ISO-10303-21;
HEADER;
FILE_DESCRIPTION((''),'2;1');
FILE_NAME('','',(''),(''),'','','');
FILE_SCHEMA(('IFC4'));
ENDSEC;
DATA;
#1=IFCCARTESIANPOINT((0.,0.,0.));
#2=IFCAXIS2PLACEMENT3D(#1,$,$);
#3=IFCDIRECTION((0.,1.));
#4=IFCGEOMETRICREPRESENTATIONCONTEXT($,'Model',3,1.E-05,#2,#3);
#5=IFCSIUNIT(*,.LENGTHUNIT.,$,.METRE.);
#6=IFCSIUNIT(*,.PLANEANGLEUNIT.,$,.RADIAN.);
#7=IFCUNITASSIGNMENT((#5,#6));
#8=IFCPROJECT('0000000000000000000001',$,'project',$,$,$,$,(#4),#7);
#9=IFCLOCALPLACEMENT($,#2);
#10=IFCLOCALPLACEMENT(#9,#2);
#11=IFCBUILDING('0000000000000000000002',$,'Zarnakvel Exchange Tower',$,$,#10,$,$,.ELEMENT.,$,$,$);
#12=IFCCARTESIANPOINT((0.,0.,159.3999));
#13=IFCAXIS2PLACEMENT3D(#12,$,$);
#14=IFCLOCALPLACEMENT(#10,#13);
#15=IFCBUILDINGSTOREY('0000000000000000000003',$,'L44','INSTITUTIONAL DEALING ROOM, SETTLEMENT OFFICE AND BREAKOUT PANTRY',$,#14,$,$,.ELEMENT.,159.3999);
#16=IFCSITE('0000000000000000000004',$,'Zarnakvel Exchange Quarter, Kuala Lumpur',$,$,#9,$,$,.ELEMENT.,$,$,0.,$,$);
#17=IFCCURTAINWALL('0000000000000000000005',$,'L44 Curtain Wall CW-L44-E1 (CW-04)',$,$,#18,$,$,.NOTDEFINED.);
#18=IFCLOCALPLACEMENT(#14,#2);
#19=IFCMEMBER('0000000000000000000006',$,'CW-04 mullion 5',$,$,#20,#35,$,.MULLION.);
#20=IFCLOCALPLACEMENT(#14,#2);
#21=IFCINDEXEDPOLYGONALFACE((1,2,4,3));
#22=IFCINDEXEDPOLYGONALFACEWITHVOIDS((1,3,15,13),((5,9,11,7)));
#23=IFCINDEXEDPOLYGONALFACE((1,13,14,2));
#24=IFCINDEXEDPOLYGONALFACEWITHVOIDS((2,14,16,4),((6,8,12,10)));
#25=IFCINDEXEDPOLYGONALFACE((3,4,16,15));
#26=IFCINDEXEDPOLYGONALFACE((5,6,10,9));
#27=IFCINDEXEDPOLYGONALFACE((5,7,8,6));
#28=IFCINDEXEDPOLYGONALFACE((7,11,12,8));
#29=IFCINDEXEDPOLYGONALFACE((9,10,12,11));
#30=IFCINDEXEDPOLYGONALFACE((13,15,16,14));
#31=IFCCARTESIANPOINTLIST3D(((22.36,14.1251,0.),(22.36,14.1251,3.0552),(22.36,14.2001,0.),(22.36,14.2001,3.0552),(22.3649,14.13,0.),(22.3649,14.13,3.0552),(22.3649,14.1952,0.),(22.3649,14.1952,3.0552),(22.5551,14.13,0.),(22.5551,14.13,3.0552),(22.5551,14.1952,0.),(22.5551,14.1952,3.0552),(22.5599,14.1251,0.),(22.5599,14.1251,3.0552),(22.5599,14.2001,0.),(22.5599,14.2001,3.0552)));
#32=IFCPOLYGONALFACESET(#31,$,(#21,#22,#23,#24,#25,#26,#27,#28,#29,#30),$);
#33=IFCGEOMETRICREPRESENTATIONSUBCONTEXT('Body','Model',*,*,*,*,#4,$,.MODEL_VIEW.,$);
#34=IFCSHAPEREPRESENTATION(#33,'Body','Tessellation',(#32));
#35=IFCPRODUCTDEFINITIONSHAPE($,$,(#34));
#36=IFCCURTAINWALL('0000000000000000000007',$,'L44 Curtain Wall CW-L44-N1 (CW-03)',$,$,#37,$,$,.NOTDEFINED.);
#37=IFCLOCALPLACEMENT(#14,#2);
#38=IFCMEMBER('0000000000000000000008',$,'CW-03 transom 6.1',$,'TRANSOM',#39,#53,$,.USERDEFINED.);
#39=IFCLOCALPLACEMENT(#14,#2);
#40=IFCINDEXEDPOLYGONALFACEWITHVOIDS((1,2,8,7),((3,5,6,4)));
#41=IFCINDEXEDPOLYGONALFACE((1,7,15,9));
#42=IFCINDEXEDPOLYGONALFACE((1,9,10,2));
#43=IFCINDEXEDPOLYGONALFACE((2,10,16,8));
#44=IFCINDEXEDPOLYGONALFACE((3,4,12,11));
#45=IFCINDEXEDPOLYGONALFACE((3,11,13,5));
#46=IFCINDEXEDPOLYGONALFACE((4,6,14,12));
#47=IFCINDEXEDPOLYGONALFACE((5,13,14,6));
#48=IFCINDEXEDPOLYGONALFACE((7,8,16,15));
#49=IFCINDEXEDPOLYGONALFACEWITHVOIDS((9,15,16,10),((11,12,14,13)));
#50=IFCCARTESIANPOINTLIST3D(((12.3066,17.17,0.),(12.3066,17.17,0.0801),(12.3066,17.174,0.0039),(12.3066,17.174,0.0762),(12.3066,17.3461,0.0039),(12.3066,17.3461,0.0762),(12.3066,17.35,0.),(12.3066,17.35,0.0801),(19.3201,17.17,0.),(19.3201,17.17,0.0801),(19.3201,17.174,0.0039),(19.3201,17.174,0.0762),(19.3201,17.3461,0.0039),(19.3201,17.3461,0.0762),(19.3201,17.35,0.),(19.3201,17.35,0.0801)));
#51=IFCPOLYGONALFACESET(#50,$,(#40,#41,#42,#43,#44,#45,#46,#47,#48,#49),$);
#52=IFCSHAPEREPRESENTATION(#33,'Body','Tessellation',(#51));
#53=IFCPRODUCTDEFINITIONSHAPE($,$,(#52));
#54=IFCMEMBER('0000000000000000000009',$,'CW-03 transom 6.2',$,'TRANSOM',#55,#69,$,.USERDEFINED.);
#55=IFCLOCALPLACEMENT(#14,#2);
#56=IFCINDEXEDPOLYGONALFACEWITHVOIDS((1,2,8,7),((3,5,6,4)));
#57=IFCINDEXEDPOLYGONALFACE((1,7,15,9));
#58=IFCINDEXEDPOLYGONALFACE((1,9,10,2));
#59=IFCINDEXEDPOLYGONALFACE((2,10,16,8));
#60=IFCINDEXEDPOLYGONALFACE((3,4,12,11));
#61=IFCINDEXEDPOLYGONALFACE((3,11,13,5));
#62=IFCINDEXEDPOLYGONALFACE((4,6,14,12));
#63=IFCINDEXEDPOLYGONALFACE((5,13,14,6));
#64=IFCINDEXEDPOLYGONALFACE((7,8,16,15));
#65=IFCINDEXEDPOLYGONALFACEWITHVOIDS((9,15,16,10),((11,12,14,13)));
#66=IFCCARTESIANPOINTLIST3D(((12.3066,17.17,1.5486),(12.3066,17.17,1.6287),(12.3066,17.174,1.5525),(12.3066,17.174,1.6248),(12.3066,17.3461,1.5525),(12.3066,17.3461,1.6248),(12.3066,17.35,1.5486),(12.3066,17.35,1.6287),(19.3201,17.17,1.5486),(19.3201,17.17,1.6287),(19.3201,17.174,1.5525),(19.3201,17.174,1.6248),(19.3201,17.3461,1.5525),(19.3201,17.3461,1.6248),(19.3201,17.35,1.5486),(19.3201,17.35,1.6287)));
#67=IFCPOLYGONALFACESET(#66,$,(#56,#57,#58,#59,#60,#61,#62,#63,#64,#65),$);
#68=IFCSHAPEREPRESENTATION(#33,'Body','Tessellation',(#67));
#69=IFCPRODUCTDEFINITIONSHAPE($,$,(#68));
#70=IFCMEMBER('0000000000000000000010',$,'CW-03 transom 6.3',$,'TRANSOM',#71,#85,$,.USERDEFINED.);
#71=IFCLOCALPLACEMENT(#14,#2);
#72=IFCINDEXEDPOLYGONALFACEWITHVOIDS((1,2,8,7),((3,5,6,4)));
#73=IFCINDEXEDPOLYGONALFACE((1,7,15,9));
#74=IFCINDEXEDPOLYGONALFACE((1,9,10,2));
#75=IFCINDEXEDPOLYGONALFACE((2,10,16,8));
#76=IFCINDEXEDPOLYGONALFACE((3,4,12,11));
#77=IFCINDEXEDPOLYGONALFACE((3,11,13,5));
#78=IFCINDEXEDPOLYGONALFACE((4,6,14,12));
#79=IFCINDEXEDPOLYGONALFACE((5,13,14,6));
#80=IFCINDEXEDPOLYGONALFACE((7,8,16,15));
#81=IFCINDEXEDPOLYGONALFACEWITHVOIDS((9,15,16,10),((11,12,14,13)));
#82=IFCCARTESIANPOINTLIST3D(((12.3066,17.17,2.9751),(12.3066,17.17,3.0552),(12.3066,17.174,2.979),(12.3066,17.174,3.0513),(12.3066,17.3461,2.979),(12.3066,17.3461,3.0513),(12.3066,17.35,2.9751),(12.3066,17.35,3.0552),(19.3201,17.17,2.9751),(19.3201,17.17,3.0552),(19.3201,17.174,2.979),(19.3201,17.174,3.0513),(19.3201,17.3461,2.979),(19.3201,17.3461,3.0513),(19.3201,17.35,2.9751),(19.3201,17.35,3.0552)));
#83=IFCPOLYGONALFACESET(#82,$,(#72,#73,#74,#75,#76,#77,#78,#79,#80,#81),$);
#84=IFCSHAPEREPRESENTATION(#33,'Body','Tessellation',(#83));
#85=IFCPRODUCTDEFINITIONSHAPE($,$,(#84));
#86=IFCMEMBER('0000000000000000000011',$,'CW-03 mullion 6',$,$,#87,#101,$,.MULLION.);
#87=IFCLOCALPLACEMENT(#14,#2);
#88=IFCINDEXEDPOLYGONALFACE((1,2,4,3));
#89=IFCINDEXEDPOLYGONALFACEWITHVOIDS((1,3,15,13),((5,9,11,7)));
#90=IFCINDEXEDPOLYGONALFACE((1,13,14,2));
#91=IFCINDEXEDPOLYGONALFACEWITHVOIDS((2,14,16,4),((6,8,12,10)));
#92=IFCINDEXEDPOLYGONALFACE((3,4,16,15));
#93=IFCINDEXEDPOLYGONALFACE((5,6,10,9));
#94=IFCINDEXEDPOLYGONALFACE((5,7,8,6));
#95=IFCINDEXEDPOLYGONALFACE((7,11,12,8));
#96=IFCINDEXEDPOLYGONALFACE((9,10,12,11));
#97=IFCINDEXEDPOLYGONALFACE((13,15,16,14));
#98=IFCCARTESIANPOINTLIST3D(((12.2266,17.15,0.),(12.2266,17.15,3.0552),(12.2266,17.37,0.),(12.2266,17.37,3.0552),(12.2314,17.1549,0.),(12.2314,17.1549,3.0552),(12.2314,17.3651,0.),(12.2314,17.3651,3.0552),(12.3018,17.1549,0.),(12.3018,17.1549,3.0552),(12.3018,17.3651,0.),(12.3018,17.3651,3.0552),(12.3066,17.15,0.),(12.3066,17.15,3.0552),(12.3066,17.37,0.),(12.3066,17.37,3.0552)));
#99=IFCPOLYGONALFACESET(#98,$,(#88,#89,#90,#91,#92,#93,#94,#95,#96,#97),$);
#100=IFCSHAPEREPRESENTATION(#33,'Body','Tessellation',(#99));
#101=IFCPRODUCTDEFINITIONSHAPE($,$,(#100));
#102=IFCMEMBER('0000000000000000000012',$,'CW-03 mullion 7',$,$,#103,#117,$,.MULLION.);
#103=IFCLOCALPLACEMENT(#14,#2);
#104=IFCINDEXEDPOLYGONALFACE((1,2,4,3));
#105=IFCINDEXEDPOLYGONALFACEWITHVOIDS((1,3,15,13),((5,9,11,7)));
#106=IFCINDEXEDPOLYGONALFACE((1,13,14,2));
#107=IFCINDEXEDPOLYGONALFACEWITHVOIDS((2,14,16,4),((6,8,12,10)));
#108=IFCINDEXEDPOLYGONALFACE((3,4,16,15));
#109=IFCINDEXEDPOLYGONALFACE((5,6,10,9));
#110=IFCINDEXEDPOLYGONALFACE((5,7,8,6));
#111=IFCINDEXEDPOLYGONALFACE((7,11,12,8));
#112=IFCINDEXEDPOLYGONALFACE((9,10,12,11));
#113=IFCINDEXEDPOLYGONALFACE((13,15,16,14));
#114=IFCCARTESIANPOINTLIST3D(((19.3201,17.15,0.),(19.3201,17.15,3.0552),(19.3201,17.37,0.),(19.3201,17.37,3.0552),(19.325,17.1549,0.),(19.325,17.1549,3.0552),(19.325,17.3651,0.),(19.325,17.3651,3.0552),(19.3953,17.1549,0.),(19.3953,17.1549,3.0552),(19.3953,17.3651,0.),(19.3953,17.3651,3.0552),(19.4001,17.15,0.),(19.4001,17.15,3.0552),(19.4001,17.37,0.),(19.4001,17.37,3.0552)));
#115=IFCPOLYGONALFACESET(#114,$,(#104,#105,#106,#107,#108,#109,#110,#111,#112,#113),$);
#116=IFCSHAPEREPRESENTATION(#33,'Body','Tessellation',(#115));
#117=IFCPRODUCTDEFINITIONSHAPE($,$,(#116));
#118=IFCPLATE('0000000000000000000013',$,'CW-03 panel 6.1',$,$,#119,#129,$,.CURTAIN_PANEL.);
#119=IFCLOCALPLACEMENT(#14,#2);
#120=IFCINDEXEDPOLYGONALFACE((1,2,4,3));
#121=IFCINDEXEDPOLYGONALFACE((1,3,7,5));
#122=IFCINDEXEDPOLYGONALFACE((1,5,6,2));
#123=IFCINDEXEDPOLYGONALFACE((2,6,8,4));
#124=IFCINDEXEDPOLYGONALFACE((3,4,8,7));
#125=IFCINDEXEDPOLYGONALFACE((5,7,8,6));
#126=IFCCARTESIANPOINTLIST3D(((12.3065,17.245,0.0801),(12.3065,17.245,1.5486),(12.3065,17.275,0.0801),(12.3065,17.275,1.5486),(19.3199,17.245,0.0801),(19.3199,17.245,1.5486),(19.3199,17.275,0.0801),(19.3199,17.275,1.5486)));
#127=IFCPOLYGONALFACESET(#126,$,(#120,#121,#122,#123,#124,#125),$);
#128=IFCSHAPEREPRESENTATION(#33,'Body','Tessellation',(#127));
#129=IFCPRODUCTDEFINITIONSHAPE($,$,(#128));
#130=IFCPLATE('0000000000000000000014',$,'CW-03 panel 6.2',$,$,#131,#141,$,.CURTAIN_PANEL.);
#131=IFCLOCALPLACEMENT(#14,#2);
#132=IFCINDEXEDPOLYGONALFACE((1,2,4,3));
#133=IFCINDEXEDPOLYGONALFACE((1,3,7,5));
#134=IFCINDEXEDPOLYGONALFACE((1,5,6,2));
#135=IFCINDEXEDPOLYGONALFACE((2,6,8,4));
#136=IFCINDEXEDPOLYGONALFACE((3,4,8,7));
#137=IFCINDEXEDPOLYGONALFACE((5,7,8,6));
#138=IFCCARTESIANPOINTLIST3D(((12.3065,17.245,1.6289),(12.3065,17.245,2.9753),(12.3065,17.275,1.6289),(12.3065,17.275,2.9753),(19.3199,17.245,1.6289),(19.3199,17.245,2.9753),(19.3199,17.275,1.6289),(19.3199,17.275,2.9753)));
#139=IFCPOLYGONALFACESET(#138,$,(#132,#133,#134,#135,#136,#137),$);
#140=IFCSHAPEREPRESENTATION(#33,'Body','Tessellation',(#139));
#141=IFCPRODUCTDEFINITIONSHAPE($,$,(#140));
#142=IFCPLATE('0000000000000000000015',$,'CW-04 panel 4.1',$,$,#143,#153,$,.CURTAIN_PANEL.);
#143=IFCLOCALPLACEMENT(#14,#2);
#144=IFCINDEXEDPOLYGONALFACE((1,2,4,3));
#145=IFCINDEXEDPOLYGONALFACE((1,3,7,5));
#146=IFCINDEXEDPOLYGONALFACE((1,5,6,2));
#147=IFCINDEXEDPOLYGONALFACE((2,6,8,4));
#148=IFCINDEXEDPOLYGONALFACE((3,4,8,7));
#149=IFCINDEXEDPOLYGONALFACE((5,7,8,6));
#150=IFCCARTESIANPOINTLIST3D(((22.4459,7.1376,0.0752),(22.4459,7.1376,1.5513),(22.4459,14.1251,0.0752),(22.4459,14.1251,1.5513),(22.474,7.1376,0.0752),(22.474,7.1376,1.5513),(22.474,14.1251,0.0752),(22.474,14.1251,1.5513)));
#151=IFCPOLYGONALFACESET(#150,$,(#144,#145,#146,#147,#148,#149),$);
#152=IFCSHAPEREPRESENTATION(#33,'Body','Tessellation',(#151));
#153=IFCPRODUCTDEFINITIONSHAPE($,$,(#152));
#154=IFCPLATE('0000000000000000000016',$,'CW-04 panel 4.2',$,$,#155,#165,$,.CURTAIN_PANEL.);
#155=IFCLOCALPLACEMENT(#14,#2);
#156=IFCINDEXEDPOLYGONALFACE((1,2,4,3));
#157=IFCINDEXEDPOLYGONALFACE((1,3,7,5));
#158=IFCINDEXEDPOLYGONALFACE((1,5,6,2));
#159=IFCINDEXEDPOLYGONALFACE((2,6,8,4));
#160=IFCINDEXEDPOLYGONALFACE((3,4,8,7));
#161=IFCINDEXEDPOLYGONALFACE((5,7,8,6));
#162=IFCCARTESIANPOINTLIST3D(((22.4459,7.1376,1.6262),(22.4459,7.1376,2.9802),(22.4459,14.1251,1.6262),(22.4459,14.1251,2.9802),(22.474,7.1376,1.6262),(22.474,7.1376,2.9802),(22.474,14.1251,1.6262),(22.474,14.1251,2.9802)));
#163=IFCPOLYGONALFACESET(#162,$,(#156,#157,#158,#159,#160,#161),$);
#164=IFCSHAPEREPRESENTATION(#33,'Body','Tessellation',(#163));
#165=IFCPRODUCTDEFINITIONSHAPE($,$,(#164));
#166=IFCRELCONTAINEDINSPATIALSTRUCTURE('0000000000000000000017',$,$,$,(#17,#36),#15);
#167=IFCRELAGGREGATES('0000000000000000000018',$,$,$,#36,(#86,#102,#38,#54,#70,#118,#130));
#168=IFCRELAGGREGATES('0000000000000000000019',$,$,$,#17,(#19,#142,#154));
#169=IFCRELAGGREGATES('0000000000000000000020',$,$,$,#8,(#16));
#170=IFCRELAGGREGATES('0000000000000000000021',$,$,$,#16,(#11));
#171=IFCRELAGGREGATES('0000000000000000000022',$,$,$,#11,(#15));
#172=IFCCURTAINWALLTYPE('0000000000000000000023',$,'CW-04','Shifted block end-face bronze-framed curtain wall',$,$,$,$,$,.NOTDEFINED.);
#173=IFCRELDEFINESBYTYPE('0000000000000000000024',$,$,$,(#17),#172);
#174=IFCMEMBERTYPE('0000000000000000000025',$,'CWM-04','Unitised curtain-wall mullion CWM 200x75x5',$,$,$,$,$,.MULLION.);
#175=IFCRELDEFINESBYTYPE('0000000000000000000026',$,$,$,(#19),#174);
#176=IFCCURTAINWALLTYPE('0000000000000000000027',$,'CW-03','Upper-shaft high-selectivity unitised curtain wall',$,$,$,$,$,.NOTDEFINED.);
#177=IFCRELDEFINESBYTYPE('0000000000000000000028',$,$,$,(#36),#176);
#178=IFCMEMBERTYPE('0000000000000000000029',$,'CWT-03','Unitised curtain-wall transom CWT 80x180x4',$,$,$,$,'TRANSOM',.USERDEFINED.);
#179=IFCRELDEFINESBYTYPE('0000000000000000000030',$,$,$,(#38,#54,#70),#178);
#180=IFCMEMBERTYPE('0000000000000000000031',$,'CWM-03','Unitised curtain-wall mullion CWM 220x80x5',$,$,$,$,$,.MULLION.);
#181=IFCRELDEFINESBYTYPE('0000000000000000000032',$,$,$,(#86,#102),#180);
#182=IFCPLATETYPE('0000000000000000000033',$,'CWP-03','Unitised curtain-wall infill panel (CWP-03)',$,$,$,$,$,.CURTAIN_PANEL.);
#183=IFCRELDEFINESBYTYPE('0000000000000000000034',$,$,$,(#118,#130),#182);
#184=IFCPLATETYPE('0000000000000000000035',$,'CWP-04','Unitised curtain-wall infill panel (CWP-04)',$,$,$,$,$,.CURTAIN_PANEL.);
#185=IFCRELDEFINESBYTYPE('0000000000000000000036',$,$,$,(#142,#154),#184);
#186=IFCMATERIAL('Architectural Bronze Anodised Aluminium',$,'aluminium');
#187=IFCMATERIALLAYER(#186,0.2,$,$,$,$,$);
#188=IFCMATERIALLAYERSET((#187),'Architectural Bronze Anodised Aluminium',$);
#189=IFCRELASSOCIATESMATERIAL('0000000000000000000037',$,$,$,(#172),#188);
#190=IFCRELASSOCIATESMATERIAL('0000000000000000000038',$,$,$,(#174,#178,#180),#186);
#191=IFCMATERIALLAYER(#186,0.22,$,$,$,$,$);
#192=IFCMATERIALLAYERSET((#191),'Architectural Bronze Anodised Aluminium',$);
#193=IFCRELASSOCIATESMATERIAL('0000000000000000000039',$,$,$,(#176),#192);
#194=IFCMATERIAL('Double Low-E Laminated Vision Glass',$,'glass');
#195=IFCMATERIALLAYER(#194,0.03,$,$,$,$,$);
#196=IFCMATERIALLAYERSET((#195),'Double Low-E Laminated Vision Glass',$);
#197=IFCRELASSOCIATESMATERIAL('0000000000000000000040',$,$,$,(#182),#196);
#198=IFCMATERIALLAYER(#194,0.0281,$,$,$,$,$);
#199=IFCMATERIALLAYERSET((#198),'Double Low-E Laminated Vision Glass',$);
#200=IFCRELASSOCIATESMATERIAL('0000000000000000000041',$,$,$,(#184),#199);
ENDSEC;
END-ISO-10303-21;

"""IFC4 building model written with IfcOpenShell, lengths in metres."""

from ifc_helpers import new_model, si_unit, direction, frame, origin, origin_2d, place, context, subcontext, project, spatial, rectangle, hollow_rectangle, extrude, source, transform, mapped, material, layer, layer_set, material_profile, profile_set, type_object, element, aggregate, save


model = new_model("IFC4")

# Units and contexts
model_context = context("Model", 3, precision=1e-05, world=origin(), true_north=direction((0.0, 1.0)))
body_context = subcontext(model_context, "Body", "Model", "MODEL_VIEW")
ifc_project = project(units=[si_unit("LENGTHUNIT", "METRE"), si_unit("PLANEANGLEUNIT", "RADIAN")], contexts=[model_context])

# Site, building, storey
site_placement = place(None, origin())
site = spatial("IfcSite", under=ifc_project, at=site_placement, Name="Zarnakvel Exchange Quarter, Kuala Lumpur", CompositionType="ELEMENT", RefElevation=0.0)
building_placement = place(site_placement, origin())
building = spatial("IfcBuilding", under=site, at=building_placement, Name="Zarnakvel Exchange Tower", CompositionType="ELEMENT")
storey_placement = place(building_placement, frame((0.0, 0.0, 159.3999)))
storey = spatial("IfcBuildingStorey", under=building, at=storey_placement, Name="L44", Description="INSTITUTIONAL DEALING ROOM, SETTLEMENT OFFICE AND BREAKOUT PANTRY", CompositionType="ELEMENT", Elevation=159.3999)

# Curtain wall, member
ifc_material_1 = material(Name="Architectural Bronze Anodised Aluminium", Category="aluminium")
ifc_layer_1 = layer(ifc_material_1, 0.2)
ifc_layer_set_1 = layer_set([ifc_layer_1], Name="Architectural Bronze Anodised Aluminium")
curtain_wall_type_1 = type_object("IfcCurtainWallType", Name="CW-04", Description="Shifted block end-face bronze-framed curtain wall", PredefinedType="NOTDEFINED", material=ifc_layer_set_1)
curtain_wall_1_placement = place(storey_placement, origin())
curtain_wall_1 = element("IfcCurtainWall", 1, at=curtain_wall_1_placement, inside=storey, type_object=curtain_wall_type_1, Name="L44 Curtain Wall CW-L44-E1 (CW-04)", PredefinedType="NOTDEFINED")
ifc_material_profile_1 = material_profile(ifc_material_1, hollow_rectangle(XDim=0.2, YDim=0.075, WallThickness=0.0049, at=origin_2d()))
ifc_profile_set_1 = profile_set([ifc_material_profile_1], Name="Architectural Bronze Anodised Aluminium")
member_type_1 = type_object("IfcMemberType", Name="CWM-04", Description="Unitised curtain-wall mullion CWM 200x75x5", PredefinedType="MULLION", material=ifc_profile_set_1)
shared_shape_1 = source(origin(), body_context, "Body", "SweptSolid", [
    extrude(hollow_rectangle(XDim=0.2, YDim=0.075, WallThickness=0.0049, at=origin_2d()), origin(), (0.0, 0.0, 1.0), 3.0552),
])
member_1_placement = place(storey_placement, frame((22.46, 14.1626, 0.0), z_axis=(0.0, 0.0, 1.0), x_axis=(-1.0, 0.0, 0.0)))
member_1 = element("IfcMember", 2, at=member_1_placement, type_object=member_type_1, Name="CW-04 mullion 5", PredefinedType="MULLION", context=body_context, shape_type="MappedRepresentation", body=[
    mapped(shared_shape_1, transform((0.0, 0.0, 0.0), x_axis=(1.0, 0.0, 0.0), y_axis=(0.0, 1.0, 0.0), z_axis=(0.0, 0.0, 1.0), scale=1.0)),
])

# Curtain wall, members, plates
ifc_layer_2 = layer(ifc_material_1, 0.22)
ifc_layer_set_2 = layer_set([ifc_layer_2], Name="Architectural Bronze Anodised Aluminium")
curtain_wall_type_2 = type_object("IfcCurtainWallType", Name="CW-03", Description="Upper-shaft high-selectivity unitised curtain wall", PredefinedType="NOTDEFINED", material=ifc_layer_set_2)
curtain_wall_2_placement = place(storey_placement, origin())
curtain_wall_2 = element("IfcCurtainWall", 3, at=curtain_wall_2_placement, inside=storey, type_object=curtain_wall_type_2, Name="L44 Curtain Wall CW-L44-N1 (CW-03)", PredefinedType="NOTDEFINED")
ifc_material_profile_2 = material_profile(ifc_material_1, hollow_rectangle(XDim=0.1799, YDim=0.0801, WallThickness=0.0039, at=origin_2d()))
ifc_profile_set_2 = profile_set([ifc_material_profile_2], Name="Architectural Bronze Anodised Aluminium")
member_type_2 = type_object("IfcMemberType", Name="CWT-03", Description="Unitised curtain-wall transom CWT 80x180x4", ElementType="TRANSOM", PredefinedType="USERDEFINED", material=ifc_profile_set_2)
shared_shape_2 = source(origin(), body_context, "Body", "SweptSolid", [
    extrude(hollow_rectangle(XDim=0.1799, YDim=0.0801, WallThickness=0.0039, at=origin_2d()), origin(), (0.0, 0.0, 1.0), 7.0134),
])
member_2_placement = place(storey_placement, frame((12.3066, 17.26, 0.04), z_axis=(1.0, 0.0, 0.0), x_axis=(0.0, 1.0, 0.0)))
member_2 = element("IfcMember", 4, at=member_2_placement, type_object=member_type_2, Name="CW-03 transom 6.1", ObjectType="TRANSOM", PredefinedType="USERDEFINED", context=body_context, shape_type="MappedRepresentation", body=[
    mapped(shared_shape_2, transform((0.0, 0.0, 0.0), x_axis=(1.0, 0.0, 0.0), y_axis=(0.0, 1.0, 0.0), z_axis=(0.0, 0.0, 1.0), scale=1.0)),
])
member_3_placement = place(storey_placement, frame((12.3066, 17.26, 1.5886), z_axis=(1.0, 0.0, 0.0), x_axis=(0.0, 1.0, 0.0)))
member_3 = element("IfcMember", 5, at=member_3_placement, type_object=member_type_2, Name="CW-03 transom 6.2", ObjectType="TRANSOM", PredefinedType="USERDEFINED", context=body_context, shape_type="MappedRepresentation", body=[
    mapped(shared_shape_2, transform((0.0, 0.0, 0.0), x_axis=(1.0, 0.0, 0.0), y_axis=(0.0, 1.0, 0.0), z_axis=(0.0, 0.0, 1.0), scale=1.0)),
])
member_4_placement = place(storey_placement, frame((12.3066, 17.26, 3.0151), z_axis=(1.0, 0.0, 0.0), x_axis=(0.0, 1.0, 0.0)))
member_4 = element("IfcMember", 6, at=member_4_placement, type_object=member_type_2, Name="CW-03 transom 6.3", ObjectType="TRANSOM", PredefinedType="USERDEFINED", context=body_context, shape_type="MappedRepresentation", body=[
    mapped(shared_shape_2, transform((0.0, 0.0, 0.0), x_axis=(1.0, 0.0, 0.0), y_axis=(0.0, 1.0, 0.0), z_axis=(0.0, 0.0, 1.0), scale=1.0)),
])
ifc_material_profile_3 = material_profile(ifc_material_1, hollow_rectangle(XDim=0.22, YDim=0.0801, WallThickness=0.0049, at=origin_2d()))
ifc_profile_set_3 = profile_set([ifc_material_profile_3], Name="Architectural Bronze Anodised Aluminium")
member_type_3 = type_object("IfcMemberType", Name="CWM-03", Description="Unitised curtain-wall mullion CWM 220x80x5", PredefinedType="MULLION", material=ifc_profile_set_3)
shared_shape_3 = source(origin(), body_context, "Body", "SweptSolid", [
    extrude(hollow_rectangle(XDim=0.22, YDim=0.0801, WallThickness=0.0049, at=origin_2d()), origin(), (0.0, 0.0, 1.0), 3.0552),
])
member_5_placement = place(storey_placement, frame((12.2666, 17.26, 0.0), z_axis=(0.0, 0.0, 1.0), x_axis=(0.0, 1.0, 0.0)))
member_5 = element("IfcMember", 7, at=member_5_placement, type_object=member_type_3, Name="CW-03 mullion 6", PredefinedType="MULLION", context=body_context, shape_type="MappedRepresentation", body=[
    mapped(shared_shape_3, transform((0.0, 0.0, 0.0), x_axis=(1.0, 0.0, 0.0), y_axis=(0.0, 1.0, 0.0), z_axis=(0.0, 0.0, 1.0), scale=1.0)),
])
member_6_placement = place(storey_placement, frame((19.3601, 17.26, 0.0), z_axis=(0.0, 0.0, 1.0), x_axis=(0.0, 1.0, 0.0)))
member_6 = element("IfcMember", 8, at=member_6_placement, type_object=member_type_3, Name="CW-03 mullion 7", PredefinedType="MULLION", context=body_context, shape_type="MappedRepresentation", body=[
    mapped(shared_shape_3, transform((0.0, 0.0, 0.0), x_axis=(1.0, 0.0, 0.0), y_axis=(0.0, 1.0, 0.0), z_axis=(0.0, 0.0, 1.0), scale=1.0)),
])
ifc_material_2 = material(Name="Double Low-E Laminated Vision Glass", Category="glass")
ifc_layer_3 = layer(ifc_material_2, 0.03)
ifc_layer_set_3 = layer_set([ifc_layer_3], Name="Double Low-E Laminated Vision Glass")
plate_type_1 = type_object("IfcPlateType", Name="CWP-03", Description="Unitised curtain-wall infill panel (CWP-03)", PredefinedType="CURTAIN_PANEL", material=ifc_layer_set_3)
shared_shape_4 = source(origin(), body_context, "Body", "SweptSolid", [
    extrude(rectangle(XDim=7.0134, YDim=0.03, at=origin_2d()), origin(), (0.0, 0.0, 1.0), 1.4685),
])
plate_1_placement = place(storey_placement, frame((15.8132, 17.26, 0.0801), z_axis=(0.0, 0.0, 1.0), x_axis=(1.0, 0.0, 0.0)))
plate_1 = element("IfcPlate", 9, at=plate_1_placement, type_object=plate_type_1, Name="CW-03 panel 6.1", PredefinedType="CURTAIN_PANEL", context=body_context, shape_type="MappedRepresentation", body=[
    mapped(shared_shape_4, transform((0.0, 0.0, 0.0), x_axis=(1.0, 0.0, 0.0), y_axis=(0.0, 1.0, 0.0), z_axis=(0.0, 0.0, 1.0), scale=1.0)),
])
shared_shape_5 = source(origin(), body_context, "Body", "SweptSolid", [
    extrude(rectangle(XDim=7.0134, YDim=0.03, at=origin_2d()), origin(), (0.0, 0.0, 1.0), 1.3464),
])
plate_2_placement = place(storey_placement, frame((15.8132, 17.26, 1.6289), z_axis=(0.0, 0.0, 1.0), x_axis=(1.0, 0.0, 0.0)))
plate_2 = element("IfcPlate", 10, at=plate_2_placement, type_object=plate_type_1, Name="CW-03 panel 6.2", PredefinedType="CURTAIN_PANEL", context=body_context, shape_type="MappedRepresentation", body=[
    mapped(shared_shape_5, transform((0.0, 0.0, 0.0), x_axis=(1.0, 0.0, 0.0), y_axis=(0.0, 1.0, 0.0), z_axis=(0.0, 0.0, 1.0), scale=1.0)),
])
aggregate(curtain_wall_2, [member_5, member_6, member_2, member_3, member_4, plate_1, plate_2])

# Plates
ifc_layer_4 = layer(ifc_material_2, 0.0281)
ifc_layer_set_4 = layer_set([ifc_layer_4], Name="Double Low-E Laminated Vision Glass")
plate_type_2 = type_object("IfcPlateType", Name="CWP-04", Description="Unitised curtain-wall infill panel (CWP-04)", PredefinedType="CURTAIN_PANEL", material=ifc_layer_set_4)
shared_shape_6 = source(origin(), body_context, "Body", "SweptSolid", [
    extrude(rectangle(XDim=6.9875, YDim=0.0281, at=origin_2d()), origin(), (0.0, 0.0, 1.0), 1.4761),
])
plate_3_placement = place(storey_placement, frame((22.46, 10.6313, 0.0752), z_axis=(0.0, 0.0, 1.0), x_axis=(0.0, 1.0, 0.0)))
plate_3 = element("IfcPlate", 11, at=plate_3_placement, type_object=plate_type_2, Name="CW-04 panel 4.1", PredefinedType="CURTAIN_PANEL", context=body_context, shape_type="MappedRepresentation", body=[
    mapped(shared_shape_6, transform((0.0, 0.0, 0.0), x_axis=(1.0, 0.0, 0.0), y_axis=(0.0, 1.0, 0.0), z_axis=(0.0, 0.0, 1.0), scale=1.0)),
])
shared_shape_7 = source(origin(), body_context, "Body", "SweptSolid", [
    extrude(rectangle(XDim=6.9875, YDim=0.0281, at=origin_2d()), origin(), (0.0, 0.0, 1.0), 1.354),
])
plate_4_placement = place(storey_placement, frame((22.46, 10.6313, 1.6262), z_axis=(0.0, 0.0, 1.0), x_axis=(0.0, 1.0, 0.0)))
plate_4 = element("IfcPlate", 12, at=plate_4_placement, type_object=plate_type_2, Name="CW-04 panel 4.2", PredefinedType="CURTAIN_PANEL", context=body_context, shape_type="MappedRepresentation", body=[
    mapped(shared_shape_7, transform((0.0, 0.0, 0.0), x_axis=(1.0, 0.0, 0.0), y_axis=(0.0, 1.0, 0.0), z_axis=(0.0, 0.0, 1.0), scale=1.0)),
])
aggregate(curtain_wall_1, [member_1, plate_3, plate_4])

save(model, "model.ifc")
